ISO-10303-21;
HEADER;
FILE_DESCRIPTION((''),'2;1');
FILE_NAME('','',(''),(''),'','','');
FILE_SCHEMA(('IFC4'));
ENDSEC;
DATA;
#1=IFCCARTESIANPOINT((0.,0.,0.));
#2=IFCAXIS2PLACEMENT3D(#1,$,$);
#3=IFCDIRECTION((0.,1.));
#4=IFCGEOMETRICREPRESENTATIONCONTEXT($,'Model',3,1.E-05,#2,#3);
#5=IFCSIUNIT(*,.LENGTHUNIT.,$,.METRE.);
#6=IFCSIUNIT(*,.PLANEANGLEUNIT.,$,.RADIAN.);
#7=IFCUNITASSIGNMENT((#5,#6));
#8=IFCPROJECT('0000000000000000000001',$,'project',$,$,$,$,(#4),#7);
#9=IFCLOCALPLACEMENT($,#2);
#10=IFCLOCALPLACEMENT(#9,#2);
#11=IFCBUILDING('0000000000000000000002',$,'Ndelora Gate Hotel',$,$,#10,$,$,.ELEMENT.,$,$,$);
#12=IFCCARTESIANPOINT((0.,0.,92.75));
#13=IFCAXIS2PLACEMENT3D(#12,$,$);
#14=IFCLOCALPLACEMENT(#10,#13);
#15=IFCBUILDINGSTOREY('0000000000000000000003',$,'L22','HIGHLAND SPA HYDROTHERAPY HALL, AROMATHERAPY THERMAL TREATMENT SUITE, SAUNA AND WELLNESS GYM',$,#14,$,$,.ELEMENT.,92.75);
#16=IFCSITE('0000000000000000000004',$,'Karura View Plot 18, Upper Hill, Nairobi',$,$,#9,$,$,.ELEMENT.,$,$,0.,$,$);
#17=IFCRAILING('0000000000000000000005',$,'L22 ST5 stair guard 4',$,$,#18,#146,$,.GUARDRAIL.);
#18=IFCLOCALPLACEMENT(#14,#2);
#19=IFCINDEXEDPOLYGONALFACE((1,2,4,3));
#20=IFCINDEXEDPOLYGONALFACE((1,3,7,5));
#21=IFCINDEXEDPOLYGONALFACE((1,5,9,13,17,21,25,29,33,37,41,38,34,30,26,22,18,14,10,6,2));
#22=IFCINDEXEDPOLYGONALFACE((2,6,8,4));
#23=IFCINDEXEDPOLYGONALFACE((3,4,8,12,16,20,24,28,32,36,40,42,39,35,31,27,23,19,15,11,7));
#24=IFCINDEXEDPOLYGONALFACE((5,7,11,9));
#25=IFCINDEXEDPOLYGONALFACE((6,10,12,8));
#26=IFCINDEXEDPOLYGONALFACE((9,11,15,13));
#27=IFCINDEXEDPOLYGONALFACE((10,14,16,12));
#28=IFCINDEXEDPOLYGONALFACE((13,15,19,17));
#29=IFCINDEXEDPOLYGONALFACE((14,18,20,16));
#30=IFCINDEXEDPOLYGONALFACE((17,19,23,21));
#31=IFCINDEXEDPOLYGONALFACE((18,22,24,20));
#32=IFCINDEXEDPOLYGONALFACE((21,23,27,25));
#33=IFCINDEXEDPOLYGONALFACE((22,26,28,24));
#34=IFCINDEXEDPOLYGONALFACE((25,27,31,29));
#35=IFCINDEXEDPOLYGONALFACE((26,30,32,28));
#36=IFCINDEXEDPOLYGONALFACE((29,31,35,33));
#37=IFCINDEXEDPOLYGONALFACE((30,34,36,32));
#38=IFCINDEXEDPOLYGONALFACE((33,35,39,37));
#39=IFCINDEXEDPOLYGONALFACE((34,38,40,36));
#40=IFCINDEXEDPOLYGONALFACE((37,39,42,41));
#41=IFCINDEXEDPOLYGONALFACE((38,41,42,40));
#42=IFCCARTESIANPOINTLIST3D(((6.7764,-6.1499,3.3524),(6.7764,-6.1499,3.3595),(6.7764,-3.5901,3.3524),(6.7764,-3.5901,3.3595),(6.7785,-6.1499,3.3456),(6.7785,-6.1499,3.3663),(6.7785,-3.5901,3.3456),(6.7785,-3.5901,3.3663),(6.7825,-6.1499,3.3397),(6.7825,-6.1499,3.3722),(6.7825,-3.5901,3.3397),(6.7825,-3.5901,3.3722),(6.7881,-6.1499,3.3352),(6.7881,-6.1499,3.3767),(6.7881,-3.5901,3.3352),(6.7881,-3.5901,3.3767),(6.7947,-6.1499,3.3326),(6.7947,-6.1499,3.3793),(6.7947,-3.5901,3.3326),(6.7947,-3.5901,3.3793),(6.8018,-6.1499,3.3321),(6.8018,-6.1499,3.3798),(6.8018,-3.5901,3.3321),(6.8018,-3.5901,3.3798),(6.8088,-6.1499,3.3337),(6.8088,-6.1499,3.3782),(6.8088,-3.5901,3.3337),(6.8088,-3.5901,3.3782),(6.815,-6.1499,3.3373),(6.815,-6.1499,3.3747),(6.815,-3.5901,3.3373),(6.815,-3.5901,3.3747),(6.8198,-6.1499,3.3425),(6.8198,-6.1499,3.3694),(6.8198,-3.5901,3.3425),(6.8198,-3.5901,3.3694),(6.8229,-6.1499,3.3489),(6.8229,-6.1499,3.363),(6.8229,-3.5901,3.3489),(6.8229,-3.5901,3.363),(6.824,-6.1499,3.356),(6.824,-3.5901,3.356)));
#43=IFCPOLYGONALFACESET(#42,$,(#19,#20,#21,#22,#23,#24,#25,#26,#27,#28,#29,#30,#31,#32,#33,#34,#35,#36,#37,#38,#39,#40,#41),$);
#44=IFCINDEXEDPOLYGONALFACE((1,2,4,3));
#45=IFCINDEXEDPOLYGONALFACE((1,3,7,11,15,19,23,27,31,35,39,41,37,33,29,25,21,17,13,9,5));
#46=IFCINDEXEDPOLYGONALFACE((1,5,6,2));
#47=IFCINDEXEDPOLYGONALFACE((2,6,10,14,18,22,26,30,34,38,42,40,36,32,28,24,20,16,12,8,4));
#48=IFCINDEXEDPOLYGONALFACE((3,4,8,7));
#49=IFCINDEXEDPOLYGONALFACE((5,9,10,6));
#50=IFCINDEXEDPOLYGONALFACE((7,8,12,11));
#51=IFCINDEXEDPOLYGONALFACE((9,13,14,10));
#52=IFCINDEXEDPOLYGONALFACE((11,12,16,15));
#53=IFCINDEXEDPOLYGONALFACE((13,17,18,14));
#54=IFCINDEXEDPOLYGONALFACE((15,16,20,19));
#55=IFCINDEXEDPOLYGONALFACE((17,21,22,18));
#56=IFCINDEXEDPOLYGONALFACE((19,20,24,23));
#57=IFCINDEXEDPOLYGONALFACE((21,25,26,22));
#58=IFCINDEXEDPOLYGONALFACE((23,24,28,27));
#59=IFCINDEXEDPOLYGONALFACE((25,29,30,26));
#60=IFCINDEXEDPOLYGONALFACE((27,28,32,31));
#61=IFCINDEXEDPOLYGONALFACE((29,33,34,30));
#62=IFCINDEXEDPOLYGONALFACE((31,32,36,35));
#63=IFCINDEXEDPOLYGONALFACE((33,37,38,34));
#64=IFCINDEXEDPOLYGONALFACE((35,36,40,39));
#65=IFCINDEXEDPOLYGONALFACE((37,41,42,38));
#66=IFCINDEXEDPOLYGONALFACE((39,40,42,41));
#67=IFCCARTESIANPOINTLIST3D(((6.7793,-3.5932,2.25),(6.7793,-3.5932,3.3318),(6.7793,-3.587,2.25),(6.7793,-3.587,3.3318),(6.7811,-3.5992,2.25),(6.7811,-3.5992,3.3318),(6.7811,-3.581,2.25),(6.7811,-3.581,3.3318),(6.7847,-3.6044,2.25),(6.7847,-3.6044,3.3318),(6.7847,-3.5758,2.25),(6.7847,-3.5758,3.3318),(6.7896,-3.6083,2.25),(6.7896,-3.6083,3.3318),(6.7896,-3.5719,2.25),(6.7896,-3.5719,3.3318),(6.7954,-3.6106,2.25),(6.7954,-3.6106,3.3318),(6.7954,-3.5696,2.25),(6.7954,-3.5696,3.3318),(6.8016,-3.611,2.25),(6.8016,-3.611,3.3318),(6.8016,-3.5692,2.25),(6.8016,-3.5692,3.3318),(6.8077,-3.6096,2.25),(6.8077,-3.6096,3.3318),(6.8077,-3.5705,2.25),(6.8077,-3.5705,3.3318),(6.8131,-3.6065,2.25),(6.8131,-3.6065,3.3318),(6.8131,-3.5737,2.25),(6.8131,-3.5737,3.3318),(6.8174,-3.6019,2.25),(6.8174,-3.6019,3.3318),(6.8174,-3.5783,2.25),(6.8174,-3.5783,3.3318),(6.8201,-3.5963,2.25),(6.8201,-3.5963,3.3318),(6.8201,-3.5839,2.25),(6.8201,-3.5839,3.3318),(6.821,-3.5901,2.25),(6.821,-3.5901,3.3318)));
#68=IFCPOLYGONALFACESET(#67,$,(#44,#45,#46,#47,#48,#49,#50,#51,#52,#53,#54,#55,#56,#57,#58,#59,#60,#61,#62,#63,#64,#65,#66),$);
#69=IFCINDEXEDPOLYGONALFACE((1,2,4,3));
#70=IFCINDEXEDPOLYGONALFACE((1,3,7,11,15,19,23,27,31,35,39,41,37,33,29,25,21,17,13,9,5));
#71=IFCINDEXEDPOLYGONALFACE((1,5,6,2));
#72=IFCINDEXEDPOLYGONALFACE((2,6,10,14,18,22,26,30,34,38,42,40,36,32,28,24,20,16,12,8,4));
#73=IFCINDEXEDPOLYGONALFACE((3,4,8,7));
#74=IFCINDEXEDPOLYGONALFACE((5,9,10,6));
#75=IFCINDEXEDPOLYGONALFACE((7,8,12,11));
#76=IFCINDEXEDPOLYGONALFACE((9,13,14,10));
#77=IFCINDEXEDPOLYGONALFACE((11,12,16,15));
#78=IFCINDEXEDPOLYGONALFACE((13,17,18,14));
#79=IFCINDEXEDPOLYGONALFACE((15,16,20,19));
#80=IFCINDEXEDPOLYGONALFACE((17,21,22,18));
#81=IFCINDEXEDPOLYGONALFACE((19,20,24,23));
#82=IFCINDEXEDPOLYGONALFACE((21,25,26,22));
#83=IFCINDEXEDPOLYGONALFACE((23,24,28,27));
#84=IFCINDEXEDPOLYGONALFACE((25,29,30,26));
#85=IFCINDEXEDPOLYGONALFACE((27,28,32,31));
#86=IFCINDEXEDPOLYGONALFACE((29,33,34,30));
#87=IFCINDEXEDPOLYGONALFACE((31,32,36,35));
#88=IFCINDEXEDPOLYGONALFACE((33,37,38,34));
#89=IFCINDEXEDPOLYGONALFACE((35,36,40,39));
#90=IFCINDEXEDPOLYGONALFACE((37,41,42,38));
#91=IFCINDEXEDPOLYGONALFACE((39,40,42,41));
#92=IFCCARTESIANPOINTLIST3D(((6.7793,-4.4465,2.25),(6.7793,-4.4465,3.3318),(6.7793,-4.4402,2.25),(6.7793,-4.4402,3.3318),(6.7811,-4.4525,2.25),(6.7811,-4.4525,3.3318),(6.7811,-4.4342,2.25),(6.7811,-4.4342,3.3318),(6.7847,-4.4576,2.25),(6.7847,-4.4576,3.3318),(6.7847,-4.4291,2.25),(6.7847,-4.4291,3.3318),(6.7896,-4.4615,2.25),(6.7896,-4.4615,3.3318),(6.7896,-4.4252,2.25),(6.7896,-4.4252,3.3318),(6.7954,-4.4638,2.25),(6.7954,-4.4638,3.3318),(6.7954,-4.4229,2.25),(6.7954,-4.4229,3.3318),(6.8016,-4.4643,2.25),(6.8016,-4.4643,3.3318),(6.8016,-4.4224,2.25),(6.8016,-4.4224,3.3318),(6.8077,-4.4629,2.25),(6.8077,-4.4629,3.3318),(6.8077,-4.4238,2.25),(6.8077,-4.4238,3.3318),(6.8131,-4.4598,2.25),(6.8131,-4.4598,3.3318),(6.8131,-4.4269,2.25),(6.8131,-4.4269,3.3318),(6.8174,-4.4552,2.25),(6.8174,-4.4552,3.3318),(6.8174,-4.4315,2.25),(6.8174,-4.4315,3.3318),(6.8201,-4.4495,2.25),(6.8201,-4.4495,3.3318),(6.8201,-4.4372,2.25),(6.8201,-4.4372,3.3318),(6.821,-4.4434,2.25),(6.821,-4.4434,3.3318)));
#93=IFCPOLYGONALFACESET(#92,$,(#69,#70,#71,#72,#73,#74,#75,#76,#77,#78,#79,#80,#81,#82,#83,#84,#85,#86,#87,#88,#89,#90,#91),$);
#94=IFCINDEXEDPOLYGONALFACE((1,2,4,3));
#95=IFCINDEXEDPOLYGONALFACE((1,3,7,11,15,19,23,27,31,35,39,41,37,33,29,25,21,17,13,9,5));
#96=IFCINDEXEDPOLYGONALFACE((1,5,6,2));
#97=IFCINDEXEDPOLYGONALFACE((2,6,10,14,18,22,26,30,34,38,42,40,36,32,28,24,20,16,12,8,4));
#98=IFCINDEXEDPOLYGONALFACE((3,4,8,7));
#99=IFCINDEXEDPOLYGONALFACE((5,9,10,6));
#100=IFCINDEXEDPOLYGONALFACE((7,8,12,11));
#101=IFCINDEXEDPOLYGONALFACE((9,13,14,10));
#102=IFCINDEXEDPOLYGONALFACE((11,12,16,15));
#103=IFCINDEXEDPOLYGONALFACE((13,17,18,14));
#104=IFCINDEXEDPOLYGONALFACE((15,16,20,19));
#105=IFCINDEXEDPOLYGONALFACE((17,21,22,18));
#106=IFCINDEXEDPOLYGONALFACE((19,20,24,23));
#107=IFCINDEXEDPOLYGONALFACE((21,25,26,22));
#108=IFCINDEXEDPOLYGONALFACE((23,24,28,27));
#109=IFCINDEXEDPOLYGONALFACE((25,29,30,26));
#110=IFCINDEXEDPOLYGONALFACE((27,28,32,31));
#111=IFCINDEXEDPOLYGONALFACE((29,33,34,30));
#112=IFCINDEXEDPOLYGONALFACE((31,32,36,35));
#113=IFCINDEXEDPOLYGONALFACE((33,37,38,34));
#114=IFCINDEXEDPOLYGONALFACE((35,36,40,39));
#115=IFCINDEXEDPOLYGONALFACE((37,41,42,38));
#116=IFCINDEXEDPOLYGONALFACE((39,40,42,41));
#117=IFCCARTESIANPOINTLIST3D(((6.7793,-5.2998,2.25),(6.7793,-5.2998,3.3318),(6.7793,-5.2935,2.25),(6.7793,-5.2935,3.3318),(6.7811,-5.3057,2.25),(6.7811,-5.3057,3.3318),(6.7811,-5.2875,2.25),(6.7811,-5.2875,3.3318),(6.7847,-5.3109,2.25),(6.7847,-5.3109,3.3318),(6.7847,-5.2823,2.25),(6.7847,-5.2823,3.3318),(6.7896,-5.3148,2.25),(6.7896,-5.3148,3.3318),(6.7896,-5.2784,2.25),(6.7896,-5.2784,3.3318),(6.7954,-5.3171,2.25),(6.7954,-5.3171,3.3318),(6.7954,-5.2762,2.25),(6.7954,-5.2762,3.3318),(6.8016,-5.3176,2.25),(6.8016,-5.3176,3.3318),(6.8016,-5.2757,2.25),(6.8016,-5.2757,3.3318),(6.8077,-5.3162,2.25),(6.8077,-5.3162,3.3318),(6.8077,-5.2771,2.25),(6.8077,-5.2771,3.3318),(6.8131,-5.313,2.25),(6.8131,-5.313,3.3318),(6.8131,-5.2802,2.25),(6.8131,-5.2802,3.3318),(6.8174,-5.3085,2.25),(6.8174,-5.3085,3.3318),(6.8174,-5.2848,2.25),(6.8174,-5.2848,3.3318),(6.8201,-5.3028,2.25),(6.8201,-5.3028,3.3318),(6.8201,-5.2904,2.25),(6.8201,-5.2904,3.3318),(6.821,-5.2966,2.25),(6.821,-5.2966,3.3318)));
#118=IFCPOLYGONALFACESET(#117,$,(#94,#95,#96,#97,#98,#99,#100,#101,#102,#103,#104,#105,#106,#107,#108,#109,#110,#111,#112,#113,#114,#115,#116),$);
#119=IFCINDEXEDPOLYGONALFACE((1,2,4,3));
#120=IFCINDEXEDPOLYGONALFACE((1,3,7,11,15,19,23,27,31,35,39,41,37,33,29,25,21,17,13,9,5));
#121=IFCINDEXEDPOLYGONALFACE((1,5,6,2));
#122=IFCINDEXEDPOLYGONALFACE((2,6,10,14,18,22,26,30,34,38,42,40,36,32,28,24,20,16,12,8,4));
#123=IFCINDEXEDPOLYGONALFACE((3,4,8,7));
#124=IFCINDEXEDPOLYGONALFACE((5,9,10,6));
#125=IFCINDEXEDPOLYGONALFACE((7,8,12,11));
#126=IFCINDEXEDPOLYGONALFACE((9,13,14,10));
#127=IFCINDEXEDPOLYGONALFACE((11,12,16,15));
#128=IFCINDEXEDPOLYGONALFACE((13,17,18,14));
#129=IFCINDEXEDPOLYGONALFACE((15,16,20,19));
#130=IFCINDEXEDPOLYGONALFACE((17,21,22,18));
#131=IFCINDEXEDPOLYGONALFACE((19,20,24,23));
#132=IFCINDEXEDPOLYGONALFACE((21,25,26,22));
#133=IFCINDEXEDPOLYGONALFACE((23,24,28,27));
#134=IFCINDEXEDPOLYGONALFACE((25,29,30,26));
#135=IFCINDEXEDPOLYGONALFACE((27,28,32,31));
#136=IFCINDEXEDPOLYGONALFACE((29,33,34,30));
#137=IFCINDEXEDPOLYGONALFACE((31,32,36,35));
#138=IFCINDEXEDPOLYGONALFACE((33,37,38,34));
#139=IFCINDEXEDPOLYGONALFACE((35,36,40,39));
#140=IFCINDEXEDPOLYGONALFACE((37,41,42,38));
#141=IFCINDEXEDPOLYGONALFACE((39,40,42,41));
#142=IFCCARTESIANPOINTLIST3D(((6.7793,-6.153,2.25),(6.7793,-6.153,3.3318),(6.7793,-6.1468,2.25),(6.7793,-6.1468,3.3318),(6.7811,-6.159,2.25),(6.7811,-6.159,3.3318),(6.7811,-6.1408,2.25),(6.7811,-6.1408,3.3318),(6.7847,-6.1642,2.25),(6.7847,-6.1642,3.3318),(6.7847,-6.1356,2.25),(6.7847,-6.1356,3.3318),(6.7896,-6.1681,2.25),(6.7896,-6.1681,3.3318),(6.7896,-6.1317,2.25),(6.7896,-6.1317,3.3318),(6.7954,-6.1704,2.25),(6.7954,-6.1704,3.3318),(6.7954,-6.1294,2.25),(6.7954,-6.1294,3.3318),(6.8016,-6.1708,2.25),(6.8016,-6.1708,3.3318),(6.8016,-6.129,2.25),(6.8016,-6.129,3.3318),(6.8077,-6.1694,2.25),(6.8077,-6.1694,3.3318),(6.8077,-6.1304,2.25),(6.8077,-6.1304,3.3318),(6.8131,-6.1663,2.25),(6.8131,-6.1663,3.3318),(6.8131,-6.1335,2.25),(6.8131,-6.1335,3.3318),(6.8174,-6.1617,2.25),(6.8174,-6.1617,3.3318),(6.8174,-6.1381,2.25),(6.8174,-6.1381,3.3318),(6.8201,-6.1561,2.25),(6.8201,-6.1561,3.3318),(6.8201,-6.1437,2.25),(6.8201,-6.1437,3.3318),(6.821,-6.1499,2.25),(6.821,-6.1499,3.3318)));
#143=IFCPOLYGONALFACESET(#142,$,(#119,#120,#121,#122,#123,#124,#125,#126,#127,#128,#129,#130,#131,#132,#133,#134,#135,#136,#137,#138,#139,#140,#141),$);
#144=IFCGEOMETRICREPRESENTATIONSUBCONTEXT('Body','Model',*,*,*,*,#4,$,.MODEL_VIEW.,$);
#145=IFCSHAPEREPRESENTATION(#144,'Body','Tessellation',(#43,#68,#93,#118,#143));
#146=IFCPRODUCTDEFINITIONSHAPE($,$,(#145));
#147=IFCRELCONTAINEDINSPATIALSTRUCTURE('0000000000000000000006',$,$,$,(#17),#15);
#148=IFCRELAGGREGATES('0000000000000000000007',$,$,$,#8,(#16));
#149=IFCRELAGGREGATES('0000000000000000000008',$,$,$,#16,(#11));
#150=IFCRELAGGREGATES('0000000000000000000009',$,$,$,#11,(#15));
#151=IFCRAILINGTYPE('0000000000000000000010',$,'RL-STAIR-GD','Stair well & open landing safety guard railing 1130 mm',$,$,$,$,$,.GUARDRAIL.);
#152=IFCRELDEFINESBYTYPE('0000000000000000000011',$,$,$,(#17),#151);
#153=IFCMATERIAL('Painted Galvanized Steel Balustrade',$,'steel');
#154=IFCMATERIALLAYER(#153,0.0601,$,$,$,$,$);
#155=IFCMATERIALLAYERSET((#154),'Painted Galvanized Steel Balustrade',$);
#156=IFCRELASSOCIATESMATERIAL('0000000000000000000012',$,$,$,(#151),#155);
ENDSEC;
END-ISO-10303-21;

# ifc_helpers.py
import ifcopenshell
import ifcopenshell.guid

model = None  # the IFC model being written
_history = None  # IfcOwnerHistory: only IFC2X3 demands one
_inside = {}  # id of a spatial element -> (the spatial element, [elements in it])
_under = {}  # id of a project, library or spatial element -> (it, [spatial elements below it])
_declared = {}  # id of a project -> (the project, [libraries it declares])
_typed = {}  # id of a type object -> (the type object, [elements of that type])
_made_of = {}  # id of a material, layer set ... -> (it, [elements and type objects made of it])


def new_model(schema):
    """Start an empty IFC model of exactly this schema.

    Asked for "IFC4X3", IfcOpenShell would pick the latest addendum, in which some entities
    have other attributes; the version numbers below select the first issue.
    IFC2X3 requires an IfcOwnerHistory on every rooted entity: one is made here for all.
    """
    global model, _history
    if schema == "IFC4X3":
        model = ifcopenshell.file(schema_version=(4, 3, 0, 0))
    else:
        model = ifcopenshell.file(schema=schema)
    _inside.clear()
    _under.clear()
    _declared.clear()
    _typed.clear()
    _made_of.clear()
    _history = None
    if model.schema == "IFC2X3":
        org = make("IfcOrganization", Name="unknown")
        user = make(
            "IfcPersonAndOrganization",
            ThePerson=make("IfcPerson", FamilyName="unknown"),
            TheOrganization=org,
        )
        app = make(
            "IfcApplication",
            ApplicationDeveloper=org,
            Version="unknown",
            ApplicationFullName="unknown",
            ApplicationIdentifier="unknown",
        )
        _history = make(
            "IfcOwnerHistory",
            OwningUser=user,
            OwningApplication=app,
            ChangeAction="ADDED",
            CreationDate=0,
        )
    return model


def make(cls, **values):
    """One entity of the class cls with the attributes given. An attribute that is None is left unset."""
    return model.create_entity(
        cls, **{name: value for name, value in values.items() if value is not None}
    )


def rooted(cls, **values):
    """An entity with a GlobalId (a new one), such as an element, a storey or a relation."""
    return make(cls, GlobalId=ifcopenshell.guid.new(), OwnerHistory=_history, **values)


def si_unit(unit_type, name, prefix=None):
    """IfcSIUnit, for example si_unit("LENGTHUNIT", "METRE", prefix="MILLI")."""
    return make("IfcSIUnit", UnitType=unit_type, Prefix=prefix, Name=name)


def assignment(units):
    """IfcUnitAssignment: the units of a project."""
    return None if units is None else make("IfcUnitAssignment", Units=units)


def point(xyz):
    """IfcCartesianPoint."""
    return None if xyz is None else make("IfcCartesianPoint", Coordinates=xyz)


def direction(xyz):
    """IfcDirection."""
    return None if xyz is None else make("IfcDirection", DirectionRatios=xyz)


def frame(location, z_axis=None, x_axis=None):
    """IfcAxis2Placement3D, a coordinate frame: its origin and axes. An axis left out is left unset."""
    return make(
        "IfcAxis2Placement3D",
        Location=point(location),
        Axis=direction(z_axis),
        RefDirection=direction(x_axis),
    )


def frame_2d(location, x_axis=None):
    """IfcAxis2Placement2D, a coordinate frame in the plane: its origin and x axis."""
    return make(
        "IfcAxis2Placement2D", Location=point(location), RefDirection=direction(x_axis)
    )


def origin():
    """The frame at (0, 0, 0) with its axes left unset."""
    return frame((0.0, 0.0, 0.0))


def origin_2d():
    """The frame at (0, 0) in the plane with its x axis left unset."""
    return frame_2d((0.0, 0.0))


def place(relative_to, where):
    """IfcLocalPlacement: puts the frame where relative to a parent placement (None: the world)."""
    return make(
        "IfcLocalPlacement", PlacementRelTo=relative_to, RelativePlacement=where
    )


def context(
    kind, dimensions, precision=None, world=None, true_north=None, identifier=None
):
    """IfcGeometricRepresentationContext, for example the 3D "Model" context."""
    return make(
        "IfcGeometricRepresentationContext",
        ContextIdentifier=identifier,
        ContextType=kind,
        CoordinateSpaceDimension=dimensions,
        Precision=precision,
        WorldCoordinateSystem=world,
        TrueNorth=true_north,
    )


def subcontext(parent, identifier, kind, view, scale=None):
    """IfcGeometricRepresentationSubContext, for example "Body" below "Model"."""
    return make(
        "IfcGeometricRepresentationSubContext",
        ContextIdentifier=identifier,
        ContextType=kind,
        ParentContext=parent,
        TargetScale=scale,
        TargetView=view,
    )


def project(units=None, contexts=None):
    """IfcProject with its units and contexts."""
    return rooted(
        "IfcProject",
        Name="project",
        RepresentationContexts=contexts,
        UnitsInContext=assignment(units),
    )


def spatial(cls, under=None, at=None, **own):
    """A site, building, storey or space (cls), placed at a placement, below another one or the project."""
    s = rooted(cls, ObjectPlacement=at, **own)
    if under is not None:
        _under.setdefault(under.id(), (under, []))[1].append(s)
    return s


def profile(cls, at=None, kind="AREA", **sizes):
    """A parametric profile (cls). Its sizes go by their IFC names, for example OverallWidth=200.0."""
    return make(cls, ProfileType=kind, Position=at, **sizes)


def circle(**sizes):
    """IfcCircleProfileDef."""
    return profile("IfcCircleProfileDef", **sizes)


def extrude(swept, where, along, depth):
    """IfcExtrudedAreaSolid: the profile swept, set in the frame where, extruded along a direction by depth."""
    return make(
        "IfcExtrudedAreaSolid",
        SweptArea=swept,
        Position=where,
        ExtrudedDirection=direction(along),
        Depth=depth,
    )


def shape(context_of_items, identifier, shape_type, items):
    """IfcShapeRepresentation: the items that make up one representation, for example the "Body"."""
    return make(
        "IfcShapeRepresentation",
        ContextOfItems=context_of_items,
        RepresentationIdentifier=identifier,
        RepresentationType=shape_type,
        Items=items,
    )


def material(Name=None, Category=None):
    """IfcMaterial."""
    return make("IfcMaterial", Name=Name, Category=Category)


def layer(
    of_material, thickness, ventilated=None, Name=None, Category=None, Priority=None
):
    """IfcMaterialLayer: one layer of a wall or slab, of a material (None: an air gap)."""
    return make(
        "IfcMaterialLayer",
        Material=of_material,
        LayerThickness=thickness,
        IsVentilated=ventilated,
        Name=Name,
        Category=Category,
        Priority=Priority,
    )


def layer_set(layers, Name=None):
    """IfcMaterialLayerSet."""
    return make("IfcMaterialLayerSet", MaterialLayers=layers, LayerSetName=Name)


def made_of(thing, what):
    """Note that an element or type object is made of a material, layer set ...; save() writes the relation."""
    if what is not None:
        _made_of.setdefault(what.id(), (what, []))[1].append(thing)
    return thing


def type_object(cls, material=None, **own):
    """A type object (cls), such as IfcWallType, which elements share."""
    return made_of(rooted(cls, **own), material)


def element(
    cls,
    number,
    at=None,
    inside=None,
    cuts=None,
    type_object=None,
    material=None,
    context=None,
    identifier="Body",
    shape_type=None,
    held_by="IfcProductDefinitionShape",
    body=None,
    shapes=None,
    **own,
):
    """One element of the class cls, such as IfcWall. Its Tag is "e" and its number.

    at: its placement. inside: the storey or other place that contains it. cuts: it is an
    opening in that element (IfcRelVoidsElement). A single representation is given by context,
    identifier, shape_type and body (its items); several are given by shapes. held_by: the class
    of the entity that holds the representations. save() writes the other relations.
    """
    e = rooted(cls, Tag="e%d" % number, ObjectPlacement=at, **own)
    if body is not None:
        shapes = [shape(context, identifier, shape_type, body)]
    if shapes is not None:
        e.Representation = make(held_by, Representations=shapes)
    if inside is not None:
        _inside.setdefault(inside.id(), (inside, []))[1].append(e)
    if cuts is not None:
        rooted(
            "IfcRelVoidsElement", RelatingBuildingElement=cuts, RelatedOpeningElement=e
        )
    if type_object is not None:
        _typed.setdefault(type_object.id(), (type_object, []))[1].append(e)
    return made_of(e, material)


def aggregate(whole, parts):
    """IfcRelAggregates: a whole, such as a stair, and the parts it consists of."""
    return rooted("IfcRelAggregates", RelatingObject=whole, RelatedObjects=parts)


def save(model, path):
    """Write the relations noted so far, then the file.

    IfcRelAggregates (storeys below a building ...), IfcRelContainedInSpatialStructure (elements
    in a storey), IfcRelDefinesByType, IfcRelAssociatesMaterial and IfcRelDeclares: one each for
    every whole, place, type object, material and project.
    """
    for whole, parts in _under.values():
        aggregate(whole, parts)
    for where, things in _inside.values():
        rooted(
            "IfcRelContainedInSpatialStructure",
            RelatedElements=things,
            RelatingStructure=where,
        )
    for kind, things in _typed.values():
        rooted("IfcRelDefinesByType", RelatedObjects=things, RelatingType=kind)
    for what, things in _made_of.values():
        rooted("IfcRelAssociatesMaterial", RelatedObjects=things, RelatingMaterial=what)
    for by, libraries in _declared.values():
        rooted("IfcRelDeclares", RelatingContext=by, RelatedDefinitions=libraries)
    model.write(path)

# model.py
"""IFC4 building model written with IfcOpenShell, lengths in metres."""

from ifc_helpers import new_model, si_unit, direction, frame, origin, origin_2d, place, context, subcontext, project, spatial, circle, extrude, material, layer, layer_set, type_object, element, save


model = new_model("IFC4")

# Units and contexts
model_context = context("Model", 3, precision=1e-05, world=origin(), true_north=direction((0.0, 1.0)))
body_context = subcontext(model_context, "Body", "Model", "MODEL_VIEW")
ifc_project = project(units=[si_unit("LENGTHUNIT", "METRE"), si_unit("PLANEANGLEUNIT", "RADIAN")], contexts=[model_context])

# Site, building, storey
site_placement = place(None, origin())
site = spatial("IfcSite", under=ifc_project, at=site_placement, Name="Karura View Plot 18, Upper Hill, Nairobi", CompositionType="ELEMENT", RefElevation=0.0)
building_placement = place(site_placement, origin())
building = spatial("IfcBuilding", under=site, at=building_placement, Name="Ndelora Gate Hotel", CompositionType="ELEMENT")
storey_placement = place(building_placement, frame((0.0, 0.0, 92.75)))
storey = spatial("IfcBuildingStorey", under=building, at=storey_placement, Name="L22", Description="HIGHLAND SPA HYDROTHERAPY HALL, AROMATHERAPY THERMAL TREATMENT SUITE, SAUNA AND WELLNESS GYM", CompositionType="ELEMENT", Elevation=92.75)

# Railing
ifc_material_1 = material(Name="Painted Galvanized Steel Balustrade", Category="steel")
ifc_layer_1 = layer(ifc_material_1, 0.0601)
ifc_layer_set_1 = layer_set([ifc_layer_1], Name="Painted Galvanized Steel Balustrade")
railing_type_1 = type_object("IfcRailingType", Name="RL-STAIR-GD", Description="Stair well & open landing safety guard railing 1130 mm", PredefinedType="GUARDRAIL", material=ifc_layer_set_1)
for number, where, name in (
    (1, (6.8, -3.5901, 2.25), "L22 ST5 stair guard 4"),
):
    element("IfcRailing", number, at=place(storey_placement, frame(where)), inside=storey, type_object=railing_type_1, Name=name, PredefinedType="GUARDRAIL", context=body_context, shape_type="SweptSolid", body=[
        extrude(circle(Radius=0.0239, at=origin_2d()), frame((0.0, 0.0, 1.106), z_axis=(0.0, -1.0, 0.0), x_axis=(1.0, 0.0, 0.0)), (0.0, 0.0, 1.0), 2.5598),
        extrude(circle(Radius=0.021, at=origin_2d()), origin(), (0.0, 0.0, 1.0), 1.0818),
        extrude(circle(Radius=0.021, at=origin_2d()), frame((0.0, -0.8533, 0.0)), (0.0, 0.0, 1.0), 1.0818),
        extrude(circle(Radius=0.021, at=origin_2d()), frame((0.0, -1.7065, 0.0)), (0.0, 0.0, 1.0), 1.0818),
        extrude(circle(Radius=0.021, at=origin_2d()), frame((0.0, -2.5598, 0.0)), (0.0, 0.0, 1.0), 1.0818),
    ])

save(model, "model.ifc")
